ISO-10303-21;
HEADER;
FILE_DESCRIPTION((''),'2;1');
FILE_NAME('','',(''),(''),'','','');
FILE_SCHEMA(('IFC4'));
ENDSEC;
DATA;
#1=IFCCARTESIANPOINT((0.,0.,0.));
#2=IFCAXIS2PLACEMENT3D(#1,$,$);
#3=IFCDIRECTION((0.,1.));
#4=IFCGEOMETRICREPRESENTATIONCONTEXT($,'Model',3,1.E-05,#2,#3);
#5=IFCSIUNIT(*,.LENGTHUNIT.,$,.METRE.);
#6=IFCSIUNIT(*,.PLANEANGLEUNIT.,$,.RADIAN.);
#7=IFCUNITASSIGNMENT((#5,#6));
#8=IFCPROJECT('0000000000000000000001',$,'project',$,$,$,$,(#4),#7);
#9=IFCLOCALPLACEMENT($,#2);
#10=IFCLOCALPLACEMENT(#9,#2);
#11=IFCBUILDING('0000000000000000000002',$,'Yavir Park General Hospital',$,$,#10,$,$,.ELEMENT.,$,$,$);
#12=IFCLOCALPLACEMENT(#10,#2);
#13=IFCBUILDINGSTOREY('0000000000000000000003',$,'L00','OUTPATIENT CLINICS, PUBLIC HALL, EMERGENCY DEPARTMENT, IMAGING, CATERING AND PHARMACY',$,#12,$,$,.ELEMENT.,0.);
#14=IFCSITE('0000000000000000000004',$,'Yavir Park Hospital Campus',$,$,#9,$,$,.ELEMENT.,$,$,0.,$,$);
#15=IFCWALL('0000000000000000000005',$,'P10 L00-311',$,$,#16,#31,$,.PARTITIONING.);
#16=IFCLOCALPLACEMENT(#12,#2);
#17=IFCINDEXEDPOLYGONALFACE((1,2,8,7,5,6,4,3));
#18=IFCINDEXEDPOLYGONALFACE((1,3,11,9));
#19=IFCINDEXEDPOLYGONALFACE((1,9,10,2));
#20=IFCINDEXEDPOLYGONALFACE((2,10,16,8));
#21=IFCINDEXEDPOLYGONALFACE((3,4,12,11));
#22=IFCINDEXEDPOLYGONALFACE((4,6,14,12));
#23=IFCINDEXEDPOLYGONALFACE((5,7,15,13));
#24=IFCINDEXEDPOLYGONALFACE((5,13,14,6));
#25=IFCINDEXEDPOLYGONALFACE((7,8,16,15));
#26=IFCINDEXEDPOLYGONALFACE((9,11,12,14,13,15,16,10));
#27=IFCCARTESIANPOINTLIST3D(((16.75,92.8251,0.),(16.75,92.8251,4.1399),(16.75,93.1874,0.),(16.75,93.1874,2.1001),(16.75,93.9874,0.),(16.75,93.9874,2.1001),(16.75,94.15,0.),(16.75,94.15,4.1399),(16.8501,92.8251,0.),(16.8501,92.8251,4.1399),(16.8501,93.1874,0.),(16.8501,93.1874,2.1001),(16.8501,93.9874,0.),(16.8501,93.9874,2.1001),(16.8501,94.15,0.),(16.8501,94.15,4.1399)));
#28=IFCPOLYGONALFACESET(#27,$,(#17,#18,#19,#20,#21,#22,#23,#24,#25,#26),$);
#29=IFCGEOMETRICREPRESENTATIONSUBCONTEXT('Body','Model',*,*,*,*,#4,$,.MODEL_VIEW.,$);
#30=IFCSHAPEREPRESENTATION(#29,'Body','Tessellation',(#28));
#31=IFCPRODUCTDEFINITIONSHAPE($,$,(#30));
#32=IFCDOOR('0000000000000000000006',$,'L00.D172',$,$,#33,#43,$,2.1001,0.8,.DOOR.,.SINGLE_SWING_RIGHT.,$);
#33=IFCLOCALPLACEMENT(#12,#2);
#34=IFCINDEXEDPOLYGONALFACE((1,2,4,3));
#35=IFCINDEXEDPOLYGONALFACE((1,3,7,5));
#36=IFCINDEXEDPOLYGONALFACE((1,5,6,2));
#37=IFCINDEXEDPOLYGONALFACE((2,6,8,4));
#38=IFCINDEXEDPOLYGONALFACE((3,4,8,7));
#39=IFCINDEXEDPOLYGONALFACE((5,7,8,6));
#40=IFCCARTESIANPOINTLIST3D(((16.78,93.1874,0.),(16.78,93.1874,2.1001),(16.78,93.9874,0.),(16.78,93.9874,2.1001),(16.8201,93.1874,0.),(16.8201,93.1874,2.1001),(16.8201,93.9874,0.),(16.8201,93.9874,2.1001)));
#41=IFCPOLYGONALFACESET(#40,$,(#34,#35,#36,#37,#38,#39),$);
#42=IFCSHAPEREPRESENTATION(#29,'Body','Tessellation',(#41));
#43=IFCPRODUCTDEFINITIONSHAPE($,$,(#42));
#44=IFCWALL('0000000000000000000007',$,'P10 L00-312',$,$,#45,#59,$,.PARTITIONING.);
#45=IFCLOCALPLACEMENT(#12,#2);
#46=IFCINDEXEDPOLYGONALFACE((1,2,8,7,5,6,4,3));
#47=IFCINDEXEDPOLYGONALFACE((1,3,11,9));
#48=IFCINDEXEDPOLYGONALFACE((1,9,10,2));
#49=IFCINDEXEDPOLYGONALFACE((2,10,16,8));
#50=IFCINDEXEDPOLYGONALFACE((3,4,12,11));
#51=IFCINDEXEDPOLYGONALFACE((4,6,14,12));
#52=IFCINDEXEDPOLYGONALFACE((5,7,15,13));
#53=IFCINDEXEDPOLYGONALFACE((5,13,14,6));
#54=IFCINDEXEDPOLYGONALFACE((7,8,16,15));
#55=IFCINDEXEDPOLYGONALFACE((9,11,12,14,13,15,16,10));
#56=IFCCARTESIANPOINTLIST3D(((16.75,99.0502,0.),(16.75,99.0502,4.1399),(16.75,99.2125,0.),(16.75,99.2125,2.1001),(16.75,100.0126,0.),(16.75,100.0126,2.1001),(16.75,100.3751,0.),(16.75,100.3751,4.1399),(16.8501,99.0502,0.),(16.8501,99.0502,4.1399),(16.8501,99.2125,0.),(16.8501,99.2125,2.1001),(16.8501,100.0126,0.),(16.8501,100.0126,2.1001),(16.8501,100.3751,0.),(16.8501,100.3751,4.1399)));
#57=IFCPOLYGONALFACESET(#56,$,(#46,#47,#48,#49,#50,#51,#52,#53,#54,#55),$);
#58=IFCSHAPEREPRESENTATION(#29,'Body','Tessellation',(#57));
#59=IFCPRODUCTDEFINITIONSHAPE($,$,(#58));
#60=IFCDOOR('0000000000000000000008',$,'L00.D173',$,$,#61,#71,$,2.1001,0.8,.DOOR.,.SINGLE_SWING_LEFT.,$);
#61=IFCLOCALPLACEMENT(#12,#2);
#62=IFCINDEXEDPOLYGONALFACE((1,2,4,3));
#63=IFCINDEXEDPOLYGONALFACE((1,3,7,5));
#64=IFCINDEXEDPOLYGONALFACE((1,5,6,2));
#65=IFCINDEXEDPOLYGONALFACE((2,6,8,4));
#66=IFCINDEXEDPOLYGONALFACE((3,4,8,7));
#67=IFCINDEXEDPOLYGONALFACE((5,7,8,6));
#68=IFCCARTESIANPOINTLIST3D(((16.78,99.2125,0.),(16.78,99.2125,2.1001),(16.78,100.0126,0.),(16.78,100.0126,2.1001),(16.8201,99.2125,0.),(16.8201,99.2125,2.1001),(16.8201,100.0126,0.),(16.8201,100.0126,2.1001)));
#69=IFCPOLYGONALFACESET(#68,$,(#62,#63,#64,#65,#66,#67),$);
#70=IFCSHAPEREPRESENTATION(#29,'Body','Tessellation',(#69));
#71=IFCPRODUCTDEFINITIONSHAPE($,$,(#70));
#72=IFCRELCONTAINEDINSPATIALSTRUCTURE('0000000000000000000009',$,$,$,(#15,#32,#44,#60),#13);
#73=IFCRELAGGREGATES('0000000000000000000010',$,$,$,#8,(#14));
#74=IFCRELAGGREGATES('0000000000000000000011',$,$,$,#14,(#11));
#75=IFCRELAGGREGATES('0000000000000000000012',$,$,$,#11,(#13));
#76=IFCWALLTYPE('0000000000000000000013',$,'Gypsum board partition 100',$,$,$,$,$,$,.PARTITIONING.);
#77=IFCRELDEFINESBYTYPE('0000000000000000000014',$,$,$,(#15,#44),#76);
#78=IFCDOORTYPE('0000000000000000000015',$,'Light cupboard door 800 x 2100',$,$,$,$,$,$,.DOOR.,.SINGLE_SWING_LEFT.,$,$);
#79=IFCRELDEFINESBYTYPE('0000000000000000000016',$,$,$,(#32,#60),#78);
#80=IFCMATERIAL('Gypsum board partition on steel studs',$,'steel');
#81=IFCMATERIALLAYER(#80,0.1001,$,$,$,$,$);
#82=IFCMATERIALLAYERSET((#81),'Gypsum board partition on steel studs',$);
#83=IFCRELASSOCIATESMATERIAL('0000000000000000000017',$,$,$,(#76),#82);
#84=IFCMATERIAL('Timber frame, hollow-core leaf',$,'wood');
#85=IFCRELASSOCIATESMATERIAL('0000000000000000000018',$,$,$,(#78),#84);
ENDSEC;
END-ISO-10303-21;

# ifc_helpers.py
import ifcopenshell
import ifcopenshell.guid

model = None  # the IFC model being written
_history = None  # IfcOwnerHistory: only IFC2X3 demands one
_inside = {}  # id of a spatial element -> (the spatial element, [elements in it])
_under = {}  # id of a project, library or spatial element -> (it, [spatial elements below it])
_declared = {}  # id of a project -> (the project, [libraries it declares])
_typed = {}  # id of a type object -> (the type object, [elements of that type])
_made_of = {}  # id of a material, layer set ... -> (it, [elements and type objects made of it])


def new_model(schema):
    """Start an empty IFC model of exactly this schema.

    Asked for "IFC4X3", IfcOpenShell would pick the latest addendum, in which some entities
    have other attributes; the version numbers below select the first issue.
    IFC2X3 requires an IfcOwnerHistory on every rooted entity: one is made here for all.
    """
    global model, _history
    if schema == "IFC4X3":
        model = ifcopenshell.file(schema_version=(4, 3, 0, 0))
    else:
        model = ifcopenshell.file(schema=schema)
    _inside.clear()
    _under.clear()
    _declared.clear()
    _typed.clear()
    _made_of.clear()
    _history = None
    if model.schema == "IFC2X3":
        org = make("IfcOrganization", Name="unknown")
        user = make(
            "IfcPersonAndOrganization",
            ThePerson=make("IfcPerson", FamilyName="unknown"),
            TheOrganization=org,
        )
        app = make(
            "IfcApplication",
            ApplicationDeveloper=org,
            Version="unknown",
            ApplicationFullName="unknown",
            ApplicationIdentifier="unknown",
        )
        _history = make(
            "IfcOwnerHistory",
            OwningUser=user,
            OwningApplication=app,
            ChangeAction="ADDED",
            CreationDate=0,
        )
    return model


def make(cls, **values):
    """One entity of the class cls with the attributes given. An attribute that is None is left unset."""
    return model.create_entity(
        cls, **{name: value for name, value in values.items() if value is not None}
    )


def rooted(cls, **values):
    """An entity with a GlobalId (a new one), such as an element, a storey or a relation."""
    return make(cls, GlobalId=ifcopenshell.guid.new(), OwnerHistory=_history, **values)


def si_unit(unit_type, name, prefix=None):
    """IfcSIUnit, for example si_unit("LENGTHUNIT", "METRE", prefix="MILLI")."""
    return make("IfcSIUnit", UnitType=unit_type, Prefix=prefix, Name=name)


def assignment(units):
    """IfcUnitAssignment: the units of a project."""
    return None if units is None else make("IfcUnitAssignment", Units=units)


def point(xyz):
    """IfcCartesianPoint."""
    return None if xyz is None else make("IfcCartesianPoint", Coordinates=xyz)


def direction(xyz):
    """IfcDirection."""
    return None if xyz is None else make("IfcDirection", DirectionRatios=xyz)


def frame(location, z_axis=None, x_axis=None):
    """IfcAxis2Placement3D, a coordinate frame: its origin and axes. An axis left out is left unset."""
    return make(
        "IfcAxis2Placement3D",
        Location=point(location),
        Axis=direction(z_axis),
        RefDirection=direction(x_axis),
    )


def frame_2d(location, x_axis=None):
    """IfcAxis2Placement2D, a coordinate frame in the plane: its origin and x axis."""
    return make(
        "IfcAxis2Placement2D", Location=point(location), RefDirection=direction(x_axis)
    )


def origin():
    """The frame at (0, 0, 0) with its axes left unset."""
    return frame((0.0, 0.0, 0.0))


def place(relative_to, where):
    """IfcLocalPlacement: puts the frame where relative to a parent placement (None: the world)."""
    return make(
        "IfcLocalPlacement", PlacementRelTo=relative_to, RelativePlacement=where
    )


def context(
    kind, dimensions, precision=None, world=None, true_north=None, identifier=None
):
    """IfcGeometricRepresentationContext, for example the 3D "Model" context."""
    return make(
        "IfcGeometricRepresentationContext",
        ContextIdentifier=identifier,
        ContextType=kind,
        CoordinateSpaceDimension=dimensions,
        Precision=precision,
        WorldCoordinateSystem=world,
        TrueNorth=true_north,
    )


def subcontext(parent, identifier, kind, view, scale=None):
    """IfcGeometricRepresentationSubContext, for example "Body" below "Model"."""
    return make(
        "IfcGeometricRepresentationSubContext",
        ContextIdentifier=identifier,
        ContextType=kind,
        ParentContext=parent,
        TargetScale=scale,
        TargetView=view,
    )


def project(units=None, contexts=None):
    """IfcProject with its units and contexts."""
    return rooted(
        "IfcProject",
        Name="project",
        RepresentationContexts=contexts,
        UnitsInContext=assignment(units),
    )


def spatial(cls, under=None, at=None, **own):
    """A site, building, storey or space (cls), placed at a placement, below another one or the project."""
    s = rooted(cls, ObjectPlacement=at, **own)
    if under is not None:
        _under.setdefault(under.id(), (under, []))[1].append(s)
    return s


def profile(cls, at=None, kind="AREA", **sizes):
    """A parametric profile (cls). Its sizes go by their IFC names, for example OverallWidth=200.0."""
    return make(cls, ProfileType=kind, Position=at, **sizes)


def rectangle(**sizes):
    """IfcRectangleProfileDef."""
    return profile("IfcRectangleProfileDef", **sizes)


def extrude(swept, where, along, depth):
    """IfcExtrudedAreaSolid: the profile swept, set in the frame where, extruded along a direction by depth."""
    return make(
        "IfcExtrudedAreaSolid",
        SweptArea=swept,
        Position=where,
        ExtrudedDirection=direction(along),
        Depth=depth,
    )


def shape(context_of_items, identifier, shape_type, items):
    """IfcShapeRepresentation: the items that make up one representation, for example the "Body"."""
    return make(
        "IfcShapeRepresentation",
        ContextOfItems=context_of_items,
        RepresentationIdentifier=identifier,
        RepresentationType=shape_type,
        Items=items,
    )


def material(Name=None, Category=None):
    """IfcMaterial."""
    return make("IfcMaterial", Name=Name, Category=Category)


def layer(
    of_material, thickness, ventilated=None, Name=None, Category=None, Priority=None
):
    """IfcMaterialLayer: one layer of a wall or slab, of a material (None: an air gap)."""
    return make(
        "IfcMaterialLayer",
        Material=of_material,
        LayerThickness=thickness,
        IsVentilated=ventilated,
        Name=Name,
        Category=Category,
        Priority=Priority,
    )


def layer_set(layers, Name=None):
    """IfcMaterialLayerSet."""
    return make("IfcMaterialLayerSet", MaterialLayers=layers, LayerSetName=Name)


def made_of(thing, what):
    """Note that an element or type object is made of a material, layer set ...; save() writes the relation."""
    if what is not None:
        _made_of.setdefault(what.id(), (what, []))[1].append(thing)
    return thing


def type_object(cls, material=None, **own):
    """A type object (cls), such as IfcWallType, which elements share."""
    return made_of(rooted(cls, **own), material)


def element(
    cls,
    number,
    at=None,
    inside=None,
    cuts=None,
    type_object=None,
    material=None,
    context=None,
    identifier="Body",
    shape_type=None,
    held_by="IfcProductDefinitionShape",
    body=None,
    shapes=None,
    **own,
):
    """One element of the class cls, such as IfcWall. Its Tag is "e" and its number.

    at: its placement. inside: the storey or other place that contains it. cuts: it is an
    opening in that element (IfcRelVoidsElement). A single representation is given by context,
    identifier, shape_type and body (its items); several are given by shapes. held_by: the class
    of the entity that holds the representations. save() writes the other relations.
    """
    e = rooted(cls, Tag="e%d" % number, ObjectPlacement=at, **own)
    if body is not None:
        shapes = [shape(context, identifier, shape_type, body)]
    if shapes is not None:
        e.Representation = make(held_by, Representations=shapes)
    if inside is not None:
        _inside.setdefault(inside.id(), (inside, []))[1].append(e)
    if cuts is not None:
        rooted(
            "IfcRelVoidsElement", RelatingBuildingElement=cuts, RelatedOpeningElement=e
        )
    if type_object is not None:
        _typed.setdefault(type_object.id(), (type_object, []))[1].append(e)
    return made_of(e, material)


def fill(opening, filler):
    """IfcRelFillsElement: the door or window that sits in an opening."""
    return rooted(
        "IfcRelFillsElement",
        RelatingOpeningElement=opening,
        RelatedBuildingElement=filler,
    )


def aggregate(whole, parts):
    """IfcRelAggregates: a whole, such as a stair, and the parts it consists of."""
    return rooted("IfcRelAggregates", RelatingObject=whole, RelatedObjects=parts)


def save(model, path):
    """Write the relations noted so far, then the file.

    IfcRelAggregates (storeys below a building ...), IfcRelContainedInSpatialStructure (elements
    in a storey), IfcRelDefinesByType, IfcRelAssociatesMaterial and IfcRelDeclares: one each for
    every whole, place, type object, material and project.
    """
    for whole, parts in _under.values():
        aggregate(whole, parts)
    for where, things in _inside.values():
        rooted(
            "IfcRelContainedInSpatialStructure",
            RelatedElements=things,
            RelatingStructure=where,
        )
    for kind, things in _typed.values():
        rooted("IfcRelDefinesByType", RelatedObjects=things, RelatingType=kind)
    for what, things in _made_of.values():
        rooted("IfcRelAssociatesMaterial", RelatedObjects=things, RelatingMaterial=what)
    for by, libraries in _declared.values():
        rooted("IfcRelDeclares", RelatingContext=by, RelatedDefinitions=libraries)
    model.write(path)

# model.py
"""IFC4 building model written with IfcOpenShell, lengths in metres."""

from ifc_helpers import new_model, si_unit, direction, frame, frame_2d, origin, place, context, subcontext, project, spatial, rectangle, extrude, material, layer, layer_set, type_object, element, fill, save


model = new_model("IFC4")

# Units and contexts
model_context = context("Model", 3, precision=1e-05, world=origin(), true_north=direction((0.0, 1.0)))
body_context = subcontext(model_context, "Body", "Model", "MODEL_VIEW")
ifc_project = project(units=[si_unit("LENGTHUNIT", "METRE"), si_unit("PLANEANGLEUNIT", "RADIAN")], contexts=[model_context])

# Site, building, storey
site_placement = place(None, origin())
site = spatial("IfcSite", under=ifc_project, at=site_placement, Name="Yavir Park Hospital Campus", CompositionType="ELEMENT", RefElevation=0.0)
building_placement = place(site_placement, origin())
building = spatial("IfcBuilding", under=site, at=building_placement, Name="Yavir Park General Hospital", CompositionType="ELEMENT")
storey_placement = place(building_placement, origin())
storey = spatial("IfcBuildingStorey", under=building, at=storey_placement, Name="L00", Description="OUTPATIENT CLINICS, PUBLIC HALL, EMERGENCY DEPARTMENT, IMAGING, CATERING AND PHARMACY", CompositionType="ELEMENT", Elevation=0.0)

# Shared definitions
ifc_material_1 = material(Name="Gypsum board partition on steel studs", Category="steel")
ifc_layer = layer(ifc_material_1, 0.1001)
ifc_layer_set = layer_set([ifc_layer], Name="Gypsum board partition on steel studs")
wall_type = type_object("IfcWallType", Name="Gypsum board partition 100", PredefinedType="PARTITIONING", material=ifc_layer_set)

# Walls, openings, doors
wall_1_placement = place(storey_placement, frame((16.8, 92.825, 0.0), z_axis=(0.0, 0.0, 1.0), x_axis=(0.0, 1.0, 0.0)))
wall_1 = element("IfcWall", 1, at=wall_1_placement, inside=storey, type_object=wall_type, Name="P10 L00-311", PredefinedType="PARTITIONING", context=body_context, shape_type="SweptSolid", body=[
    extrude(rectangle(XDim=1.325, YDim=0.1001, at=frame_2d((0.6626, 0.0))), origin(), (0.0, 0.0, 1.0), 4.1399),
])
opening_1_placement = place(wall_1_placement, frame((0.3625, 0.0, 0.0)))
opening_1 = element("IfcOpeningElement", 2, at=opening_1_placement, cuts=wall_1, PredefinedType="OPENING", context=body_context, shape_type="SweptSolid", body=[
    extrude(rectangle(XDim=0.8, YDim=2.1001, at=frame_2d((0.3999, 1.05))), frame((0.0, 0.0601, 0.0), z_axis=(0.0, -1.0, 0.0), x_axis=(1.0, 0.0, 0.0)), (0.0, 0.0, 1.0), 0.1201),
])
ifc_material_2 = material(Name="Timber frame, hollow-core leaf", Category="wood")
door_type = type_object("IfcDoorType", Name="Light cupboard door 800 x 2100", OperationType="SINGLE_SWING_LEFT", PredefinedType="DOOR", material=ifc_material_2)
door_1_placement = place(opening_1_placement, origin())
door_1 = element("IfcDoor", 3, at=door_1_placement, inside=storey, type_object=door_type, Name="L00.D172", OperationType="SINGLE_SWING_RIGHT", OverallHeight=2.1001, OverallWidth=0.8, PredefinedType="DOOR", context=body_context, shape_type="SweptSolid", body=[
    extrude(rectangle(XDim=0.8, YDim=2.1001, at=frame_2d((0.3999, 1.05))), frame((0.0, 0.02, 0.0), z_axis=(0.0, -1.0, 0.0), x_axis=(1.0, 0.0, 0.0)), (0.0, 0.0, 1.0), 0.04),
])
fill(opening_1, door_1)
wall_2_placement = place(storey_placement, frame((16.8, 99.05, 0.0), z_axis=(0.0, 0.0, 1.0), x_axis=(0.0, 1.0, 0.0)))
wall_2 = element("IfcWall", 4, at=wall_2_placement, inside=storey, type_object=wall_type, Name="P10 L00-312", PredefinedType="PARTITIONING", context=body_context, shape_type="SweptSolid", body=[
    extrude(rectangle(XDim=1.325, YDim=0.1001, at=frame_2d((0.6626, 0.0))), origin(), (0.0, 0.0, 1.0), 4.1399),
])
opening_2_placement = place(wall_2_placement, frame((0.1626, 0.0, 0.0)))
opening_2 = element("IfcOpeningElement", 5, at=opening_2_placement, cuts=wall_2, PredefinedType="OPENING", context=body_context, shape_type="SweptSolid", body=[
    extrude(rectangle(XDim=0.8, YDim=2.1001, at=frame_2d((0.3999, 1.05))), frame((0.0, 0.0601, 0.0), z_axis=(0.0, -1.0, 0.0), x_axis=(1.0, 0.0, 0.0)), (0.0, 0.0, 1.0), 0.1201),
])
door_2_placement = place(opening_2_placement, origin())
door_2 = element("IfcDoor", 6, at=door_2_placement, inside=storey, type_object=door_type, Name="L00.D173", OperationType="SINGLE_SWING_LEFT", OverallHeight=2.1001, OverallWidth=0.8, PredefinedType="DOOR", context=body_context, shape_type="SweptSolid", body=[
    extrude(rectangle(XDim=0.8, YDim=2.1001, at=frame_2d((0.3999, 1.05))), frame((0.0, 0.02, 0.0), z_axis=(0.0, -1.0, 0.0), x_axis=(1.0, 0.0, 0.0)), (0.0, 0.0, 1.0), 0.04),
])
fill(opening_2, door_2)

save(model, "model.ifc")
